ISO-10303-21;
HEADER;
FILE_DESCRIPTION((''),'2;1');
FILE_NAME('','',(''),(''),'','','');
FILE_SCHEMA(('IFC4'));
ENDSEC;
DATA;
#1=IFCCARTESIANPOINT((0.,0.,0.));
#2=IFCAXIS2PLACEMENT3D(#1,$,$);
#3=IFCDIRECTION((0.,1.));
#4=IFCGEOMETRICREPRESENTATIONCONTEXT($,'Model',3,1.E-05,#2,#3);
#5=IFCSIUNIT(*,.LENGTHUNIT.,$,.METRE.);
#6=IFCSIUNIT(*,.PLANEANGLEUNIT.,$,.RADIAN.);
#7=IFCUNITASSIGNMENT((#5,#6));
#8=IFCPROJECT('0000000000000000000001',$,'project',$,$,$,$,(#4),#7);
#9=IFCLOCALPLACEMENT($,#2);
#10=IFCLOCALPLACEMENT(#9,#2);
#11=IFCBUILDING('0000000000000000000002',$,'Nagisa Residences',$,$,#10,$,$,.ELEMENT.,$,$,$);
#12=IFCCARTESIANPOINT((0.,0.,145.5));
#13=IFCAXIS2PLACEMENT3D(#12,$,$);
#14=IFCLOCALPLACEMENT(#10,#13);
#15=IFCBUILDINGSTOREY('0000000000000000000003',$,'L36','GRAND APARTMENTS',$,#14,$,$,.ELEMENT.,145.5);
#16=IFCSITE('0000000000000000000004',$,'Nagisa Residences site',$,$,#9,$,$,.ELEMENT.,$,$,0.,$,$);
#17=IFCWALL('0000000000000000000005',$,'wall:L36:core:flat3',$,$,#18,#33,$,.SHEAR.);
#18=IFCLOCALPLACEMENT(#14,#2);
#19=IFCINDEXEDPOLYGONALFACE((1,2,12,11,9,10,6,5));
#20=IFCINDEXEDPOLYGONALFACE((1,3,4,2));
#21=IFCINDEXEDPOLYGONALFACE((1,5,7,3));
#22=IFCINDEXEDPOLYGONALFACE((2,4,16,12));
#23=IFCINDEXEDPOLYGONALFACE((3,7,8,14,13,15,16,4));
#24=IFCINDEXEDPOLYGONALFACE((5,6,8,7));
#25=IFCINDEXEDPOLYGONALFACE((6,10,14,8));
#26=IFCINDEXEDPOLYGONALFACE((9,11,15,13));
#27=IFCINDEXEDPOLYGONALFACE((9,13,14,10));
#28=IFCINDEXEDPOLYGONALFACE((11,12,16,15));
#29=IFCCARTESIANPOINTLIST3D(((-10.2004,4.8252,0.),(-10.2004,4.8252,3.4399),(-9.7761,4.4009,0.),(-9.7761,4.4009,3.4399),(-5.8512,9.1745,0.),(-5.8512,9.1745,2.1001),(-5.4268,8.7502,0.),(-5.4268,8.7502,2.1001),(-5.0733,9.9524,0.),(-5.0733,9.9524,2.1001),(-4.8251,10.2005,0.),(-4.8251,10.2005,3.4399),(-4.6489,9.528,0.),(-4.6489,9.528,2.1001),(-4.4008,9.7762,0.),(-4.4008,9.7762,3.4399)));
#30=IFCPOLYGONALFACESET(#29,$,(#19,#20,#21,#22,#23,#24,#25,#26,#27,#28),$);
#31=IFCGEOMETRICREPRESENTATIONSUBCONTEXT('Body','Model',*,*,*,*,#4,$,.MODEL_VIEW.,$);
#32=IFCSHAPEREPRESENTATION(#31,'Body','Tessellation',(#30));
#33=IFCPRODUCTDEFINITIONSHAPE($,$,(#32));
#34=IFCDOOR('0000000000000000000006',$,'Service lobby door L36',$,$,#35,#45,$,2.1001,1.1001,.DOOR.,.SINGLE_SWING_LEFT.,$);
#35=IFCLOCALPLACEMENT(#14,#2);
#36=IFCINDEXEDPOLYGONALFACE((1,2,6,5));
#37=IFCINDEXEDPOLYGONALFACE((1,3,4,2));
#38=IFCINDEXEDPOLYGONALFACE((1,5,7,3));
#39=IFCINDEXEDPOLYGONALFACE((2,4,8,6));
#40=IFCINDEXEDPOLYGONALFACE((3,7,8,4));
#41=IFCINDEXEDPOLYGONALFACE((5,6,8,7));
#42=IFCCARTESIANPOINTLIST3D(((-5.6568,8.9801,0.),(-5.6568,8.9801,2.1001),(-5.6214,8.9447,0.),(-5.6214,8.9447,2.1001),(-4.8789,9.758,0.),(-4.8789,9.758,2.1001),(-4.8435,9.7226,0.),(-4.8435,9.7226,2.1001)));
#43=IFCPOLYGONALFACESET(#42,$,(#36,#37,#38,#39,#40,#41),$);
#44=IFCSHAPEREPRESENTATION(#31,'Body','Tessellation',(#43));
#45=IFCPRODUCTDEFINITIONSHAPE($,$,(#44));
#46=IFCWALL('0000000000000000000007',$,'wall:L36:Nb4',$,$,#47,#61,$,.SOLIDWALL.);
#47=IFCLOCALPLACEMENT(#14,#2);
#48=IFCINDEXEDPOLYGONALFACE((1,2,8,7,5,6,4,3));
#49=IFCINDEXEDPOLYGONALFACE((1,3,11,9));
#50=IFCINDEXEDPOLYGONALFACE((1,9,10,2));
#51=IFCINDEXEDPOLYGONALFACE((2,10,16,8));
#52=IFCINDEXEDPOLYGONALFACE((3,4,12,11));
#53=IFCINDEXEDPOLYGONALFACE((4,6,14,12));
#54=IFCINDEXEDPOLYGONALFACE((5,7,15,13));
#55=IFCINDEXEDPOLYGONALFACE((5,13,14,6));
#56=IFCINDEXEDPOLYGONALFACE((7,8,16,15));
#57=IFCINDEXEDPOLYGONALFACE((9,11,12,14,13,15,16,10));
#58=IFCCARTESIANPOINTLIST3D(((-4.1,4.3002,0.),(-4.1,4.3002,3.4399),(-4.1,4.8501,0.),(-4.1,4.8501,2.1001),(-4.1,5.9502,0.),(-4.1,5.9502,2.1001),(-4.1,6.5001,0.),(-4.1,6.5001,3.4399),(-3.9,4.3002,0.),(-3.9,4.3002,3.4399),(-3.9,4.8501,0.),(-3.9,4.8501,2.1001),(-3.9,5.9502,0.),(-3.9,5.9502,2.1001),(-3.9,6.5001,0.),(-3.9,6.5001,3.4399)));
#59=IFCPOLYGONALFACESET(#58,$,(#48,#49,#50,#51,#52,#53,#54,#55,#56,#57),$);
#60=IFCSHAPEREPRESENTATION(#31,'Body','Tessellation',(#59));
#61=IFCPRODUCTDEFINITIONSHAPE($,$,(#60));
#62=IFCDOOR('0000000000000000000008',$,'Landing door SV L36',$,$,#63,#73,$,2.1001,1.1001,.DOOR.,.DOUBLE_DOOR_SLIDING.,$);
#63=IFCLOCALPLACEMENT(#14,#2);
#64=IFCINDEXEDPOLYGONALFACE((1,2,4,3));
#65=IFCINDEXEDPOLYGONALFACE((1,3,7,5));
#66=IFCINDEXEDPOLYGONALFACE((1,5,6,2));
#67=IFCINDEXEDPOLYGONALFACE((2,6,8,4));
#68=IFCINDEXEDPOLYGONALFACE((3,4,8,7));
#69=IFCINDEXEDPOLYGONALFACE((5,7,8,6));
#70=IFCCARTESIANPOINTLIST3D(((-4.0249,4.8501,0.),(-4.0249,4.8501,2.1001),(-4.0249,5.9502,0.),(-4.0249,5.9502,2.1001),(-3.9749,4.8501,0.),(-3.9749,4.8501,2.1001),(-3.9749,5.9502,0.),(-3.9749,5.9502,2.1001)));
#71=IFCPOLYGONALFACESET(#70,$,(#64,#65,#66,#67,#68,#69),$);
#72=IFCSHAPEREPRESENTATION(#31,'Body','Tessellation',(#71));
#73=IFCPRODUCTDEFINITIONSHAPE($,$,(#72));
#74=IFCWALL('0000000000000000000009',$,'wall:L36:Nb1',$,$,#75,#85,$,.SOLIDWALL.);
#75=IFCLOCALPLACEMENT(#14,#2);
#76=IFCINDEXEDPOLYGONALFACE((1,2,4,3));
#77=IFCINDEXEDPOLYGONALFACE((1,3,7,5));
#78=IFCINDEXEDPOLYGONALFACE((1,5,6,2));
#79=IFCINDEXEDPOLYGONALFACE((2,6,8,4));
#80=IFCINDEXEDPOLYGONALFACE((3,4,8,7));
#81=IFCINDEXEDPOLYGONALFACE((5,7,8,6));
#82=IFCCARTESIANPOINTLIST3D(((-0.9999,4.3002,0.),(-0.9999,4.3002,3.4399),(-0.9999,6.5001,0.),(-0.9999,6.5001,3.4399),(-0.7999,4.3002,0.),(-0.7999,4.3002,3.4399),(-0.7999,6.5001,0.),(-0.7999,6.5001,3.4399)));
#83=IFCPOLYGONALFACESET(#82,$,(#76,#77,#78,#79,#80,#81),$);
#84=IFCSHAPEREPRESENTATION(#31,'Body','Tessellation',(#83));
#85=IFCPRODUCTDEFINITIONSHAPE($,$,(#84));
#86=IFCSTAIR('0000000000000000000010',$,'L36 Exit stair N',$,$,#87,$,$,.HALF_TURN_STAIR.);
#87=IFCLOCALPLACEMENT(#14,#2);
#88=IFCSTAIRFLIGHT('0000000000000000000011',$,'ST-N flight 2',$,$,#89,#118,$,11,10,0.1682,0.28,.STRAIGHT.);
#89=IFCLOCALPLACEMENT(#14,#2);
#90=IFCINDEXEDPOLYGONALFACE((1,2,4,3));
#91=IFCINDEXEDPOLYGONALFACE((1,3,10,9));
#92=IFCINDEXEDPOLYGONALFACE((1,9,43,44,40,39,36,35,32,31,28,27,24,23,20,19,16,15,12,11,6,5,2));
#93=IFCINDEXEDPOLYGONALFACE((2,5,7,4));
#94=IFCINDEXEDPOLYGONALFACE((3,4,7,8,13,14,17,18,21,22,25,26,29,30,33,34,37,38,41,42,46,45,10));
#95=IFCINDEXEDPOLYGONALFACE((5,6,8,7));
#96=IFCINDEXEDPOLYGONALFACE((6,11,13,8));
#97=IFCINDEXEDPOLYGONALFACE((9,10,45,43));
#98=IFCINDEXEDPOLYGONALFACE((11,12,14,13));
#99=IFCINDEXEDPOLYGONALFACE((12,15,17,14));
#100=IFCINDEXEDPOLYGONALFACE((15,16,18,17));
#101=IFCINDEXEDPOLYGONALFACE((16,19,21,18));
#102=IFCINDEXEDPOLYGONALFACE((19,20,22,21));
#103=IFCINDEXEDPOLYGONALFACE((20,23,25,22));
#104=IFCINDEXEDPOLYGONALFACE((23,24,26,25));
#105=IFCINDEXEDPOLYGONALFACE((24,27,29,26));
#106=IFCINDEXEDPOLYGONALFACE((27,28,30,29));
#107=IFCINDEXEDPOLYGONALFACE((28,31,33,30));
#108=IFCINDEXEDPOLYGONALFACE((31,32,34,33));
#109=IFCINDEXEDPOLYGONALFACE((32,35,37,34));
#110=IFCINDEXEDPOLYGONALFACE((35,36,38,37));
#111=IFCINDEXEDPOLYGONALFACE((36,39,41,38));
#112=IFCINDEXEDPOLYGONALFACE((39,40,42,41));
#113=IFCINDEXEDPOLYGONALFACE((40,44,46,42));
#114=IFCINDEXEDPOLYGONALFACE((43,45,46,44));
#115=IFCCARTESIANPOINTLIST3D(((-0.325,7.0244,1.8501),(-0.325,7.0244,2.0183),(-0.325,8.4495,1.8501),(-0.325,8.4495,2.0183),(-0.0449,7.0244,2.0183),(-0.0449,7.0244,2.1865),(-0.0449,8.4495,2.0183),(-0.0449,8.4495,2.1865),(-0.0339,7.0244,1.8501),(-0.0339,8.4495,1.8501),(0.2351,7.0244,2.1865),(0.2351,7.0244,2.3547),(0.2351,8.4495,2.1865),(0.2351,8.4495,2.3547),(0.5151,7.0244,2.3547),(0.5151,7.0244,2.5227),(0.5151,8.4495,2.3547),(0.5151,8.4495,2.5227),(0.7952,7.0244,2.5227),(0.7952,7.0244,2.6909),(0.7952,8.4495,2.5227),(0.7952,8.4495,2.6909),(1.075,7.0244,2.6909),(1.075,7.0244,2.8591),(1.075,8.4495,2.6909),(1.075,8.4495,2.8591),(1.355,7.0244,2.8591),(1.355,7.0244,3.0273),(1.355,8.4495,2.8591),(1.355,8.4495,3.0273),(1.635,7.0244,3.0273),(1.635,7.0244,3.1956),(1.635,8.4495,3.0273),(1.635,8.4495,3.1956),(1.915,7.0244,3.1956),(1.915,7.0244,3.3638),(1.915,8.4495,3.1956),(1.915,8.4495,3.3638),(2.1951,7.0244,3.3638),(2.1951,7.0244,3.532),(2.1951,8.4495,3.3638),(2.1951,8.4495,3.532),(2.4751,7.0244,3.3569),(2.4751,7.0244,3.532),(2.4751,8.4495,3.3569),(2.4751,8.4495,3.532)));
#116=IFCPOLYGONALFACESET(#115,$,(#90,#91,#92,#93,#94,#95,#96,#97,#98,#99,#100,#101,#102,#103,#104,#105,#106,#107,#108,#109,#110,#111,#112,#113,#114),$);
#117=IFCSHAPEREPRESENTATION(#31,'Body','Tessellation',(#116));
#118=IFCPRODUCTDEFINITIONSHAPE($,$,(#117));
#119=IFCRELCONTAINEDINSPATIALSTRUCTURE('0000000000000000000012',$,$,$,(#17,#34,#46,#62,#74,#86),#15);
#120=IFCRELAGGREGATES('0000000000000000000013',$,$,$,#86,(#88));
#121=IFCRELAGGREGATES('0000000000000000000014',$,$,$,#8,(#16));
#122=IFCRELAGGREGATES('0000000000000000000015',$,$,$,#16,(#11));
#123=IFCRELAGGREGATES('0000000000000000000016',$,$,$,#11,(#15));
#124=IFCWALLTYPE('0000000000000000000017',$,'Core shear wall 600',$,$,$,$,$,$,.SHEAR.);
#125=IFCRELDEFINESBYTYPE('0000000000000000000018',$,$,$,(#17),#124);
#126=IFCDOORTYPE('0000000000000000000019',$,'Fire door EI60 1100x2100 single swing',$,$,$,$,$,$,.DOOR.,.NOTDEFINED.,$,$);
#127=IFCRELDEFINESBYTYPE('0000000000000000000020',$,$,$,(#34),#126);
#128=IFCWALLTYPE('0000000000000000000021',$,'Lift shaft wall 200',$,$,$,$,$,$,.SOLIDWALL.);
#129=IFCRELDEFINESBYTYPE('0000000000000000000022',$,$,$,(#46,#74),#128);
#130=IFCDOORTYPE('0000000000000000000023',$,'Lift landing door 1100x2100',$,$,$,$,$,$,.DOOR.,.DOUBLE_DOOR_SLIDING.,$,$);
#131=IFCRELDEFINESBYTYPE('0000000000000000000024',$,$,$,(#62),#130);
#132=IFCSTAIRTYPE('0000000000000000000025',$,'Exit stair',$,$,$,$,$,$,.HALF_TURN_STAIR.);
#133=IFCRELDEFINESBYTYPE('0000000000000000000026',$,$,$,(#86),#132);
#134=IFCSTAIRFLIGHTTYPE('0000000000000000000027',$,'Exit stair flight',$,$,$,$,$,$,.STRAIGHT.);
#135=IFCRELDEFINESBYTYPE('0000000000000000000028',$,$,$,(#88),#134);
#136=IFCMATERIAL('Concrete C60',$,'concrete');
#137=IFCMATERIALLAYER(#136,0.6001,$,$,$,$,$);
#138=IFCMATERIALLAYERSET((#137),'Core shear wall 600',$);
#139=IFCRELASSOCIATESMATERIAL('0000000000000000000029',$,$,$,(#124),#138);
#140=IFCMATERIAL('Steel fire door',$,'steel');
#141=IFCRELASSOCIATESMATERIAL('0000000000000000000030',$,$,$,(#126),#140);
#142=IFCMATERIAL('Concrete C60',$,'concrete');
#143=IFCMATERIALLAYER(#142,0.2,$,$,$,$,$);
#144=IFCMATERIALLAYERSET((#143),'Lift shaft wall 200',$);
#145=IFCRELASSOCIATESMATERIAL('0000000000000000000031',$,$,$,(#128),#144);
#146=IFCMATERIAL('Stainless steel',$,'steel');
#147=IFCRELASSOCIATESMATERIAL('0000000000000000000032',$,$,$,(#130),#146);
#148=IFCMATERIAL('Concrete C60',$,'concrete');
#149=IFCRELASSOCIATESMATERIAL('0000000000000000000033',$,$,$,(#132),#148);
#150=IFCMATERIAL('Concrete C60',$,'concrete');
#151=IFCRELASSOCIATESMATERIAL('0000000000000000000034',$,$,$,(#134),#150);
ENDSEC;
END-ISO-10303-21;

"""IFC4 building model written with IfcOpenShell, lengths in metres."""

from ifc_helpers import new_model, si_unit, direction, frame, frame_2d, origin, place, context, subcontext, project, spatial, polyline, rectangle, outline, extrude, material, layer, layer_set, type_object, element, fill, aggregate, save


model = new_model("IFC4")

# Units and contexts
model_context = context("Model", 3, precision=1e-05, world=origin(), true_north=direction((0.0, 1.0)))
body_context = subcontext(model_context, "Body", "Model", "MODEL_VIEW")
ifc_project = project(units=[si_unit("LENGTHUNIT", "METRE"), si_unit("PLANEANGLEUNIT", "RADIAN")], contexts=[model_context])

# Site, building, storey
site_placement = place(None, origin())
site = spatial("IfcSite", under=ifc_project, at=site_placement, Name="Nagisa Residences site", CompositionType="ELEMENT", RefElevation=0.0)
building_placement = place(site_placement, origin())
building = spatial("IfcBuilding", under=site, at=building_placement, Name="Nagisa Residences", CompositionType="ELEMENT")
storey_placement = place(building_placement, frame((0.0, 0.0, 145.5)))
storey = spatial("IfcBuildingStorey", under=building, at=storey_placement, Name="L36", Description="GRAND APARTMENTS", CompositionType="ELEMENT", Elevation=145.5)

# Walls, openings, doors
ifc_material_1 = material(Name="Concrete C60", Category="concrete")
ifc_layer_1 = layer(ifc_material_1, 0.6001)
ifc_layer_set_1 = layer_set([ifc_layer_1], Name="Core shear wall 600")
wall_type_1 = type_object("IfcWallType", Name="Core shear wall 600", PredefinedType="SHEAR", material=ifc_layer_set_1)
wall_1_placement = place(storey_placement, frame((-4.613, 9.9883, 0.0), z_axis=(0.0, 0.0, 1.0), x_axis=(-0.707107, -0.707107, 0.0)))
wall_1 = element("IfcWall", 1, at=wall_1_placement, inside=storey, type_object=wall_type_1, Name="wall:L36:core:flat3", PredefinedType="SHEAR", context=body_context, shape_type="SweptSolid", body=[
    extrude(rectangle(XDim=7.6018, YDim=0.6001, at=frame_2d((3.8008, 0.0))), origin(), (0.0, 0.0, 1.0), 3.4399),
])
opening_1_placement = place(wall_1_placement, frame((0.3508, 0.0, 0.0)))
opening_1 = element("IfcOpeningElement", 2, at=opening_1_placement, cuts=wall_1, PredefinedType="OPENING", context=body_context, shape_type="SweptSolid", body=[
    extrude(rectangle(XDim=1.1001, YDim=2.1001, at=frame_2d((0.55, 1.05))), frame((0.0, 0.3101, 0.0), z_axis=(0.0, -1.0, 0.0), x_axis=(1.0, 0.0, 0.0)), (0.0, 0.0, 1.0), 0.6201),
])
ifc_material_2 = material(Name="Steel fire door", Category="steel")
door_type_1 = type_object("IfcDoorType", Name="Fire door EI60 1100x2100 single swing", OperationType="NOTDEFINED", PredefinedType="DOOR", material=ifc_material_2)
door_1_placement = place(opening_1_placement, origin())
door_1 = element("IfcDoor", 3, at=door_1_placement, inside=storey, type_object=door_type_1, Name="Service lobby door L36", OperationType="SINGLE_SWING_LEFT", OverallHeight=2.1001, OverallWidth=1.1001, PredefinedType="DOOR", context=body_context, shape_type="SweptSolid", body=[
    extrude(rectangle(XDim=1.1001, YDim=2.1001, at=frame_2d((0.55, 1.05))), frame((0.0, 0.0249, 0.0), z_axis=(0.0, -1.0, 0.0), x_axis=(1.0, 0.0, 0.0)), (0.0, 0.0, 1.0), 0.05),
])
fill(opening_1, door_1)
ifc_material_3 = material(Name="Concrete C60", Category="concrete")
ifc_layer_2 = layer(ifc_material_3, 0.2)
ifc_layer_set_2 = layer_set([ifc_layer_2], Name="Lift shaft wall 200")
wall_type_2 = type_object("IfcWallType", Name="Lift shaft wall 200", PredefinedType="SOLIDWALL", material=ifc_layer_set_2)
wall_2_placement = place(storey_placement, frame((-4.0, 4.3, 0.0), z_axis=(0.0, 0.0, 1.0), x_axis=(0.0, 1.0, 0.0)))
wall_2 = element("IfcWall", 4, at=wall_2_placement, inside=storey, type_object=wall_type_2, Name="wall:L36:Nb4", PredefinedType="SOLIDWALL", context=body_context, shape_type="SweptSolid", body=[
    extrude(rectangle(XDim=2.2, YDim=0.2, at=frame_2d((1.1001, 0.0))), origin(), (0.0, 0.0, 1.0), 3.4399),
])
opening_2_placement = place(wall_2_placement, frame((0.55, 0.0, 0.0)))
opening_2 = element("IfcOpeningElement", 5, at=opening_2_placement, cuts=wall_2, PredefinedType="OPENING", context=body_context, shape_type="SweptSolid", body=[
    extrude(rectangle(XDim=1.1001, YDim=2.1001, at=frame_2d((0.55, 1.05))), frame((0.0, 0.1099, 0.0), z_axis=(0.0, -1.0, 0.0), x_axis=(1.0, 0.0, 0.0)), (0.0, 0.0, 1.0), 0.22),
])
ifc_material_4 = material(Name="Stainless steel", Category="steel")
door_type_2 = type_object("IfcDoorType", Name="Lift landing door 1100x2100", OperationType="DOUBLE_DOOR_SLIDING", PredefinedType="DOOR", material=ifc_material_4)
door_2_placement = place(opening_2_placement, origin())
door_2 = element("IfcDoor", 6, at=door_2_placement, inside=storey, type_object=door_type_2, Name="Landing door SV L36", OperationType="DOUBLE_DOOR_SLIDING", OverallHeight=2.1001, OverallWidth=1.1001, PredefinedType="DOOR", context=body_context, shape_type="SweptSolid", body=[
    extrude(rectangle(XDim=1.1001, YDim=2.1001, at=frame_2d((0.55, 1.05))), frame((0.0, 0.0249, 0.0), z_axis=(0.0, -1.0, 0.0), x_axis=(1.0, 0.0, 0.0)), (0.0, 0.0, 1.0), 0.05),
])
fill(opening_2, door_2)

# Wall
wall_3_placement = place(storey_placement, frame((-0.8999, 4.3, 0.0), z_axis=(0.0, 0.0, 1.0), x_axis=(0.0, 1.0, 0.0)))
element("IfcWall", 7, at=wall_3_placement, inside=storey, type_object=wall_type_2, Name="wall:L36:Nb1", PredefinedType="SOLIDWALL", context=body_context, shape_type="SweptSolid", body=[
    extrude(rectangle(XDim=2.2, YDim=0.2, at=frame_2d((1.1001, 0.0))), origin(), (0.0, 0.0, 1.0), 3.4399),
])

# Stair, stair flight
ifc_material_5 = material(Name="Concrete C60", Category="concrete")
stair_type = type_object("IfcStairType", Name="Exit stair", PredefinedType="HALF_TURN_STAIR", material=ifc_material_5)
stair_placement = place(storey_placement, origin())
stair = element("IfcStair", 8, at=stair_placement, inside=storey, type_object=stair_type, Name="L36 Exit stair N", PredefinedType="HALF_TURN_STAIR")
ifc_material_6 = material(Name="Concrete C60", Category="concrete")
stair_flight_type = type_object("IfcStairFlightType", Name="Exit stair flight", PredefinedType="STRAIGHT", material=ifc_material_6)
stair_flight_placement = place(storey_placement, frame((-0.325, 7.7371, 1.8501), z_axis=(0.0, 0.0, 1.0), x_axis=(1.0, 0.0, 0.0)))
stair_flight = element("IfcStairFlight", 9, at=stair_flight_placement, type_object=stair_flight_type, Name="ST-N flight 2", NumberOfRisers=11, NumberOfTreads=10, PredefinedType="STRAIGHT", RiserHeight=0.1682, TreadLength=0.28, context=body_context, shape_type="SweptSolid", body=[
    extrude(outline(polyline([(0.0, 0.0), (0.0, 0.1682), (0.28, 0.1682), (0.28, 0.3364), (0.5601, 0.3364), (0.5601, 0.5046), (0.8401, 0.5046), (0.8401, 0.6726), (1.1201, 0.6726), (1.1201, 0.8408), (1.3999, 0.8408), (1.3999, 1.009), (1.6799, 1.009), (1.6799, 1.1772), (1.96, 1.1772), (1.96, 1.3455), (2.24, 1.3455), (2.24, 1.5137), (2.52, 1.5137), (2.52, 1.6819), (2.8, 1.6819), (2.8, 1.8501), (2.8, 1.5068), (0.291, 0.0), (0.0, 0.0)])), frame((0.0, 0.7124, 0.0), z_axis=(0.0, -1.0, 0.0), x_axis=(1.0, 0.0, 0.0)), (0.0, 0.0, 1.0), 1.425),
])
aggregate(stair, [stair_flight])

save(model, "model.ifc")
